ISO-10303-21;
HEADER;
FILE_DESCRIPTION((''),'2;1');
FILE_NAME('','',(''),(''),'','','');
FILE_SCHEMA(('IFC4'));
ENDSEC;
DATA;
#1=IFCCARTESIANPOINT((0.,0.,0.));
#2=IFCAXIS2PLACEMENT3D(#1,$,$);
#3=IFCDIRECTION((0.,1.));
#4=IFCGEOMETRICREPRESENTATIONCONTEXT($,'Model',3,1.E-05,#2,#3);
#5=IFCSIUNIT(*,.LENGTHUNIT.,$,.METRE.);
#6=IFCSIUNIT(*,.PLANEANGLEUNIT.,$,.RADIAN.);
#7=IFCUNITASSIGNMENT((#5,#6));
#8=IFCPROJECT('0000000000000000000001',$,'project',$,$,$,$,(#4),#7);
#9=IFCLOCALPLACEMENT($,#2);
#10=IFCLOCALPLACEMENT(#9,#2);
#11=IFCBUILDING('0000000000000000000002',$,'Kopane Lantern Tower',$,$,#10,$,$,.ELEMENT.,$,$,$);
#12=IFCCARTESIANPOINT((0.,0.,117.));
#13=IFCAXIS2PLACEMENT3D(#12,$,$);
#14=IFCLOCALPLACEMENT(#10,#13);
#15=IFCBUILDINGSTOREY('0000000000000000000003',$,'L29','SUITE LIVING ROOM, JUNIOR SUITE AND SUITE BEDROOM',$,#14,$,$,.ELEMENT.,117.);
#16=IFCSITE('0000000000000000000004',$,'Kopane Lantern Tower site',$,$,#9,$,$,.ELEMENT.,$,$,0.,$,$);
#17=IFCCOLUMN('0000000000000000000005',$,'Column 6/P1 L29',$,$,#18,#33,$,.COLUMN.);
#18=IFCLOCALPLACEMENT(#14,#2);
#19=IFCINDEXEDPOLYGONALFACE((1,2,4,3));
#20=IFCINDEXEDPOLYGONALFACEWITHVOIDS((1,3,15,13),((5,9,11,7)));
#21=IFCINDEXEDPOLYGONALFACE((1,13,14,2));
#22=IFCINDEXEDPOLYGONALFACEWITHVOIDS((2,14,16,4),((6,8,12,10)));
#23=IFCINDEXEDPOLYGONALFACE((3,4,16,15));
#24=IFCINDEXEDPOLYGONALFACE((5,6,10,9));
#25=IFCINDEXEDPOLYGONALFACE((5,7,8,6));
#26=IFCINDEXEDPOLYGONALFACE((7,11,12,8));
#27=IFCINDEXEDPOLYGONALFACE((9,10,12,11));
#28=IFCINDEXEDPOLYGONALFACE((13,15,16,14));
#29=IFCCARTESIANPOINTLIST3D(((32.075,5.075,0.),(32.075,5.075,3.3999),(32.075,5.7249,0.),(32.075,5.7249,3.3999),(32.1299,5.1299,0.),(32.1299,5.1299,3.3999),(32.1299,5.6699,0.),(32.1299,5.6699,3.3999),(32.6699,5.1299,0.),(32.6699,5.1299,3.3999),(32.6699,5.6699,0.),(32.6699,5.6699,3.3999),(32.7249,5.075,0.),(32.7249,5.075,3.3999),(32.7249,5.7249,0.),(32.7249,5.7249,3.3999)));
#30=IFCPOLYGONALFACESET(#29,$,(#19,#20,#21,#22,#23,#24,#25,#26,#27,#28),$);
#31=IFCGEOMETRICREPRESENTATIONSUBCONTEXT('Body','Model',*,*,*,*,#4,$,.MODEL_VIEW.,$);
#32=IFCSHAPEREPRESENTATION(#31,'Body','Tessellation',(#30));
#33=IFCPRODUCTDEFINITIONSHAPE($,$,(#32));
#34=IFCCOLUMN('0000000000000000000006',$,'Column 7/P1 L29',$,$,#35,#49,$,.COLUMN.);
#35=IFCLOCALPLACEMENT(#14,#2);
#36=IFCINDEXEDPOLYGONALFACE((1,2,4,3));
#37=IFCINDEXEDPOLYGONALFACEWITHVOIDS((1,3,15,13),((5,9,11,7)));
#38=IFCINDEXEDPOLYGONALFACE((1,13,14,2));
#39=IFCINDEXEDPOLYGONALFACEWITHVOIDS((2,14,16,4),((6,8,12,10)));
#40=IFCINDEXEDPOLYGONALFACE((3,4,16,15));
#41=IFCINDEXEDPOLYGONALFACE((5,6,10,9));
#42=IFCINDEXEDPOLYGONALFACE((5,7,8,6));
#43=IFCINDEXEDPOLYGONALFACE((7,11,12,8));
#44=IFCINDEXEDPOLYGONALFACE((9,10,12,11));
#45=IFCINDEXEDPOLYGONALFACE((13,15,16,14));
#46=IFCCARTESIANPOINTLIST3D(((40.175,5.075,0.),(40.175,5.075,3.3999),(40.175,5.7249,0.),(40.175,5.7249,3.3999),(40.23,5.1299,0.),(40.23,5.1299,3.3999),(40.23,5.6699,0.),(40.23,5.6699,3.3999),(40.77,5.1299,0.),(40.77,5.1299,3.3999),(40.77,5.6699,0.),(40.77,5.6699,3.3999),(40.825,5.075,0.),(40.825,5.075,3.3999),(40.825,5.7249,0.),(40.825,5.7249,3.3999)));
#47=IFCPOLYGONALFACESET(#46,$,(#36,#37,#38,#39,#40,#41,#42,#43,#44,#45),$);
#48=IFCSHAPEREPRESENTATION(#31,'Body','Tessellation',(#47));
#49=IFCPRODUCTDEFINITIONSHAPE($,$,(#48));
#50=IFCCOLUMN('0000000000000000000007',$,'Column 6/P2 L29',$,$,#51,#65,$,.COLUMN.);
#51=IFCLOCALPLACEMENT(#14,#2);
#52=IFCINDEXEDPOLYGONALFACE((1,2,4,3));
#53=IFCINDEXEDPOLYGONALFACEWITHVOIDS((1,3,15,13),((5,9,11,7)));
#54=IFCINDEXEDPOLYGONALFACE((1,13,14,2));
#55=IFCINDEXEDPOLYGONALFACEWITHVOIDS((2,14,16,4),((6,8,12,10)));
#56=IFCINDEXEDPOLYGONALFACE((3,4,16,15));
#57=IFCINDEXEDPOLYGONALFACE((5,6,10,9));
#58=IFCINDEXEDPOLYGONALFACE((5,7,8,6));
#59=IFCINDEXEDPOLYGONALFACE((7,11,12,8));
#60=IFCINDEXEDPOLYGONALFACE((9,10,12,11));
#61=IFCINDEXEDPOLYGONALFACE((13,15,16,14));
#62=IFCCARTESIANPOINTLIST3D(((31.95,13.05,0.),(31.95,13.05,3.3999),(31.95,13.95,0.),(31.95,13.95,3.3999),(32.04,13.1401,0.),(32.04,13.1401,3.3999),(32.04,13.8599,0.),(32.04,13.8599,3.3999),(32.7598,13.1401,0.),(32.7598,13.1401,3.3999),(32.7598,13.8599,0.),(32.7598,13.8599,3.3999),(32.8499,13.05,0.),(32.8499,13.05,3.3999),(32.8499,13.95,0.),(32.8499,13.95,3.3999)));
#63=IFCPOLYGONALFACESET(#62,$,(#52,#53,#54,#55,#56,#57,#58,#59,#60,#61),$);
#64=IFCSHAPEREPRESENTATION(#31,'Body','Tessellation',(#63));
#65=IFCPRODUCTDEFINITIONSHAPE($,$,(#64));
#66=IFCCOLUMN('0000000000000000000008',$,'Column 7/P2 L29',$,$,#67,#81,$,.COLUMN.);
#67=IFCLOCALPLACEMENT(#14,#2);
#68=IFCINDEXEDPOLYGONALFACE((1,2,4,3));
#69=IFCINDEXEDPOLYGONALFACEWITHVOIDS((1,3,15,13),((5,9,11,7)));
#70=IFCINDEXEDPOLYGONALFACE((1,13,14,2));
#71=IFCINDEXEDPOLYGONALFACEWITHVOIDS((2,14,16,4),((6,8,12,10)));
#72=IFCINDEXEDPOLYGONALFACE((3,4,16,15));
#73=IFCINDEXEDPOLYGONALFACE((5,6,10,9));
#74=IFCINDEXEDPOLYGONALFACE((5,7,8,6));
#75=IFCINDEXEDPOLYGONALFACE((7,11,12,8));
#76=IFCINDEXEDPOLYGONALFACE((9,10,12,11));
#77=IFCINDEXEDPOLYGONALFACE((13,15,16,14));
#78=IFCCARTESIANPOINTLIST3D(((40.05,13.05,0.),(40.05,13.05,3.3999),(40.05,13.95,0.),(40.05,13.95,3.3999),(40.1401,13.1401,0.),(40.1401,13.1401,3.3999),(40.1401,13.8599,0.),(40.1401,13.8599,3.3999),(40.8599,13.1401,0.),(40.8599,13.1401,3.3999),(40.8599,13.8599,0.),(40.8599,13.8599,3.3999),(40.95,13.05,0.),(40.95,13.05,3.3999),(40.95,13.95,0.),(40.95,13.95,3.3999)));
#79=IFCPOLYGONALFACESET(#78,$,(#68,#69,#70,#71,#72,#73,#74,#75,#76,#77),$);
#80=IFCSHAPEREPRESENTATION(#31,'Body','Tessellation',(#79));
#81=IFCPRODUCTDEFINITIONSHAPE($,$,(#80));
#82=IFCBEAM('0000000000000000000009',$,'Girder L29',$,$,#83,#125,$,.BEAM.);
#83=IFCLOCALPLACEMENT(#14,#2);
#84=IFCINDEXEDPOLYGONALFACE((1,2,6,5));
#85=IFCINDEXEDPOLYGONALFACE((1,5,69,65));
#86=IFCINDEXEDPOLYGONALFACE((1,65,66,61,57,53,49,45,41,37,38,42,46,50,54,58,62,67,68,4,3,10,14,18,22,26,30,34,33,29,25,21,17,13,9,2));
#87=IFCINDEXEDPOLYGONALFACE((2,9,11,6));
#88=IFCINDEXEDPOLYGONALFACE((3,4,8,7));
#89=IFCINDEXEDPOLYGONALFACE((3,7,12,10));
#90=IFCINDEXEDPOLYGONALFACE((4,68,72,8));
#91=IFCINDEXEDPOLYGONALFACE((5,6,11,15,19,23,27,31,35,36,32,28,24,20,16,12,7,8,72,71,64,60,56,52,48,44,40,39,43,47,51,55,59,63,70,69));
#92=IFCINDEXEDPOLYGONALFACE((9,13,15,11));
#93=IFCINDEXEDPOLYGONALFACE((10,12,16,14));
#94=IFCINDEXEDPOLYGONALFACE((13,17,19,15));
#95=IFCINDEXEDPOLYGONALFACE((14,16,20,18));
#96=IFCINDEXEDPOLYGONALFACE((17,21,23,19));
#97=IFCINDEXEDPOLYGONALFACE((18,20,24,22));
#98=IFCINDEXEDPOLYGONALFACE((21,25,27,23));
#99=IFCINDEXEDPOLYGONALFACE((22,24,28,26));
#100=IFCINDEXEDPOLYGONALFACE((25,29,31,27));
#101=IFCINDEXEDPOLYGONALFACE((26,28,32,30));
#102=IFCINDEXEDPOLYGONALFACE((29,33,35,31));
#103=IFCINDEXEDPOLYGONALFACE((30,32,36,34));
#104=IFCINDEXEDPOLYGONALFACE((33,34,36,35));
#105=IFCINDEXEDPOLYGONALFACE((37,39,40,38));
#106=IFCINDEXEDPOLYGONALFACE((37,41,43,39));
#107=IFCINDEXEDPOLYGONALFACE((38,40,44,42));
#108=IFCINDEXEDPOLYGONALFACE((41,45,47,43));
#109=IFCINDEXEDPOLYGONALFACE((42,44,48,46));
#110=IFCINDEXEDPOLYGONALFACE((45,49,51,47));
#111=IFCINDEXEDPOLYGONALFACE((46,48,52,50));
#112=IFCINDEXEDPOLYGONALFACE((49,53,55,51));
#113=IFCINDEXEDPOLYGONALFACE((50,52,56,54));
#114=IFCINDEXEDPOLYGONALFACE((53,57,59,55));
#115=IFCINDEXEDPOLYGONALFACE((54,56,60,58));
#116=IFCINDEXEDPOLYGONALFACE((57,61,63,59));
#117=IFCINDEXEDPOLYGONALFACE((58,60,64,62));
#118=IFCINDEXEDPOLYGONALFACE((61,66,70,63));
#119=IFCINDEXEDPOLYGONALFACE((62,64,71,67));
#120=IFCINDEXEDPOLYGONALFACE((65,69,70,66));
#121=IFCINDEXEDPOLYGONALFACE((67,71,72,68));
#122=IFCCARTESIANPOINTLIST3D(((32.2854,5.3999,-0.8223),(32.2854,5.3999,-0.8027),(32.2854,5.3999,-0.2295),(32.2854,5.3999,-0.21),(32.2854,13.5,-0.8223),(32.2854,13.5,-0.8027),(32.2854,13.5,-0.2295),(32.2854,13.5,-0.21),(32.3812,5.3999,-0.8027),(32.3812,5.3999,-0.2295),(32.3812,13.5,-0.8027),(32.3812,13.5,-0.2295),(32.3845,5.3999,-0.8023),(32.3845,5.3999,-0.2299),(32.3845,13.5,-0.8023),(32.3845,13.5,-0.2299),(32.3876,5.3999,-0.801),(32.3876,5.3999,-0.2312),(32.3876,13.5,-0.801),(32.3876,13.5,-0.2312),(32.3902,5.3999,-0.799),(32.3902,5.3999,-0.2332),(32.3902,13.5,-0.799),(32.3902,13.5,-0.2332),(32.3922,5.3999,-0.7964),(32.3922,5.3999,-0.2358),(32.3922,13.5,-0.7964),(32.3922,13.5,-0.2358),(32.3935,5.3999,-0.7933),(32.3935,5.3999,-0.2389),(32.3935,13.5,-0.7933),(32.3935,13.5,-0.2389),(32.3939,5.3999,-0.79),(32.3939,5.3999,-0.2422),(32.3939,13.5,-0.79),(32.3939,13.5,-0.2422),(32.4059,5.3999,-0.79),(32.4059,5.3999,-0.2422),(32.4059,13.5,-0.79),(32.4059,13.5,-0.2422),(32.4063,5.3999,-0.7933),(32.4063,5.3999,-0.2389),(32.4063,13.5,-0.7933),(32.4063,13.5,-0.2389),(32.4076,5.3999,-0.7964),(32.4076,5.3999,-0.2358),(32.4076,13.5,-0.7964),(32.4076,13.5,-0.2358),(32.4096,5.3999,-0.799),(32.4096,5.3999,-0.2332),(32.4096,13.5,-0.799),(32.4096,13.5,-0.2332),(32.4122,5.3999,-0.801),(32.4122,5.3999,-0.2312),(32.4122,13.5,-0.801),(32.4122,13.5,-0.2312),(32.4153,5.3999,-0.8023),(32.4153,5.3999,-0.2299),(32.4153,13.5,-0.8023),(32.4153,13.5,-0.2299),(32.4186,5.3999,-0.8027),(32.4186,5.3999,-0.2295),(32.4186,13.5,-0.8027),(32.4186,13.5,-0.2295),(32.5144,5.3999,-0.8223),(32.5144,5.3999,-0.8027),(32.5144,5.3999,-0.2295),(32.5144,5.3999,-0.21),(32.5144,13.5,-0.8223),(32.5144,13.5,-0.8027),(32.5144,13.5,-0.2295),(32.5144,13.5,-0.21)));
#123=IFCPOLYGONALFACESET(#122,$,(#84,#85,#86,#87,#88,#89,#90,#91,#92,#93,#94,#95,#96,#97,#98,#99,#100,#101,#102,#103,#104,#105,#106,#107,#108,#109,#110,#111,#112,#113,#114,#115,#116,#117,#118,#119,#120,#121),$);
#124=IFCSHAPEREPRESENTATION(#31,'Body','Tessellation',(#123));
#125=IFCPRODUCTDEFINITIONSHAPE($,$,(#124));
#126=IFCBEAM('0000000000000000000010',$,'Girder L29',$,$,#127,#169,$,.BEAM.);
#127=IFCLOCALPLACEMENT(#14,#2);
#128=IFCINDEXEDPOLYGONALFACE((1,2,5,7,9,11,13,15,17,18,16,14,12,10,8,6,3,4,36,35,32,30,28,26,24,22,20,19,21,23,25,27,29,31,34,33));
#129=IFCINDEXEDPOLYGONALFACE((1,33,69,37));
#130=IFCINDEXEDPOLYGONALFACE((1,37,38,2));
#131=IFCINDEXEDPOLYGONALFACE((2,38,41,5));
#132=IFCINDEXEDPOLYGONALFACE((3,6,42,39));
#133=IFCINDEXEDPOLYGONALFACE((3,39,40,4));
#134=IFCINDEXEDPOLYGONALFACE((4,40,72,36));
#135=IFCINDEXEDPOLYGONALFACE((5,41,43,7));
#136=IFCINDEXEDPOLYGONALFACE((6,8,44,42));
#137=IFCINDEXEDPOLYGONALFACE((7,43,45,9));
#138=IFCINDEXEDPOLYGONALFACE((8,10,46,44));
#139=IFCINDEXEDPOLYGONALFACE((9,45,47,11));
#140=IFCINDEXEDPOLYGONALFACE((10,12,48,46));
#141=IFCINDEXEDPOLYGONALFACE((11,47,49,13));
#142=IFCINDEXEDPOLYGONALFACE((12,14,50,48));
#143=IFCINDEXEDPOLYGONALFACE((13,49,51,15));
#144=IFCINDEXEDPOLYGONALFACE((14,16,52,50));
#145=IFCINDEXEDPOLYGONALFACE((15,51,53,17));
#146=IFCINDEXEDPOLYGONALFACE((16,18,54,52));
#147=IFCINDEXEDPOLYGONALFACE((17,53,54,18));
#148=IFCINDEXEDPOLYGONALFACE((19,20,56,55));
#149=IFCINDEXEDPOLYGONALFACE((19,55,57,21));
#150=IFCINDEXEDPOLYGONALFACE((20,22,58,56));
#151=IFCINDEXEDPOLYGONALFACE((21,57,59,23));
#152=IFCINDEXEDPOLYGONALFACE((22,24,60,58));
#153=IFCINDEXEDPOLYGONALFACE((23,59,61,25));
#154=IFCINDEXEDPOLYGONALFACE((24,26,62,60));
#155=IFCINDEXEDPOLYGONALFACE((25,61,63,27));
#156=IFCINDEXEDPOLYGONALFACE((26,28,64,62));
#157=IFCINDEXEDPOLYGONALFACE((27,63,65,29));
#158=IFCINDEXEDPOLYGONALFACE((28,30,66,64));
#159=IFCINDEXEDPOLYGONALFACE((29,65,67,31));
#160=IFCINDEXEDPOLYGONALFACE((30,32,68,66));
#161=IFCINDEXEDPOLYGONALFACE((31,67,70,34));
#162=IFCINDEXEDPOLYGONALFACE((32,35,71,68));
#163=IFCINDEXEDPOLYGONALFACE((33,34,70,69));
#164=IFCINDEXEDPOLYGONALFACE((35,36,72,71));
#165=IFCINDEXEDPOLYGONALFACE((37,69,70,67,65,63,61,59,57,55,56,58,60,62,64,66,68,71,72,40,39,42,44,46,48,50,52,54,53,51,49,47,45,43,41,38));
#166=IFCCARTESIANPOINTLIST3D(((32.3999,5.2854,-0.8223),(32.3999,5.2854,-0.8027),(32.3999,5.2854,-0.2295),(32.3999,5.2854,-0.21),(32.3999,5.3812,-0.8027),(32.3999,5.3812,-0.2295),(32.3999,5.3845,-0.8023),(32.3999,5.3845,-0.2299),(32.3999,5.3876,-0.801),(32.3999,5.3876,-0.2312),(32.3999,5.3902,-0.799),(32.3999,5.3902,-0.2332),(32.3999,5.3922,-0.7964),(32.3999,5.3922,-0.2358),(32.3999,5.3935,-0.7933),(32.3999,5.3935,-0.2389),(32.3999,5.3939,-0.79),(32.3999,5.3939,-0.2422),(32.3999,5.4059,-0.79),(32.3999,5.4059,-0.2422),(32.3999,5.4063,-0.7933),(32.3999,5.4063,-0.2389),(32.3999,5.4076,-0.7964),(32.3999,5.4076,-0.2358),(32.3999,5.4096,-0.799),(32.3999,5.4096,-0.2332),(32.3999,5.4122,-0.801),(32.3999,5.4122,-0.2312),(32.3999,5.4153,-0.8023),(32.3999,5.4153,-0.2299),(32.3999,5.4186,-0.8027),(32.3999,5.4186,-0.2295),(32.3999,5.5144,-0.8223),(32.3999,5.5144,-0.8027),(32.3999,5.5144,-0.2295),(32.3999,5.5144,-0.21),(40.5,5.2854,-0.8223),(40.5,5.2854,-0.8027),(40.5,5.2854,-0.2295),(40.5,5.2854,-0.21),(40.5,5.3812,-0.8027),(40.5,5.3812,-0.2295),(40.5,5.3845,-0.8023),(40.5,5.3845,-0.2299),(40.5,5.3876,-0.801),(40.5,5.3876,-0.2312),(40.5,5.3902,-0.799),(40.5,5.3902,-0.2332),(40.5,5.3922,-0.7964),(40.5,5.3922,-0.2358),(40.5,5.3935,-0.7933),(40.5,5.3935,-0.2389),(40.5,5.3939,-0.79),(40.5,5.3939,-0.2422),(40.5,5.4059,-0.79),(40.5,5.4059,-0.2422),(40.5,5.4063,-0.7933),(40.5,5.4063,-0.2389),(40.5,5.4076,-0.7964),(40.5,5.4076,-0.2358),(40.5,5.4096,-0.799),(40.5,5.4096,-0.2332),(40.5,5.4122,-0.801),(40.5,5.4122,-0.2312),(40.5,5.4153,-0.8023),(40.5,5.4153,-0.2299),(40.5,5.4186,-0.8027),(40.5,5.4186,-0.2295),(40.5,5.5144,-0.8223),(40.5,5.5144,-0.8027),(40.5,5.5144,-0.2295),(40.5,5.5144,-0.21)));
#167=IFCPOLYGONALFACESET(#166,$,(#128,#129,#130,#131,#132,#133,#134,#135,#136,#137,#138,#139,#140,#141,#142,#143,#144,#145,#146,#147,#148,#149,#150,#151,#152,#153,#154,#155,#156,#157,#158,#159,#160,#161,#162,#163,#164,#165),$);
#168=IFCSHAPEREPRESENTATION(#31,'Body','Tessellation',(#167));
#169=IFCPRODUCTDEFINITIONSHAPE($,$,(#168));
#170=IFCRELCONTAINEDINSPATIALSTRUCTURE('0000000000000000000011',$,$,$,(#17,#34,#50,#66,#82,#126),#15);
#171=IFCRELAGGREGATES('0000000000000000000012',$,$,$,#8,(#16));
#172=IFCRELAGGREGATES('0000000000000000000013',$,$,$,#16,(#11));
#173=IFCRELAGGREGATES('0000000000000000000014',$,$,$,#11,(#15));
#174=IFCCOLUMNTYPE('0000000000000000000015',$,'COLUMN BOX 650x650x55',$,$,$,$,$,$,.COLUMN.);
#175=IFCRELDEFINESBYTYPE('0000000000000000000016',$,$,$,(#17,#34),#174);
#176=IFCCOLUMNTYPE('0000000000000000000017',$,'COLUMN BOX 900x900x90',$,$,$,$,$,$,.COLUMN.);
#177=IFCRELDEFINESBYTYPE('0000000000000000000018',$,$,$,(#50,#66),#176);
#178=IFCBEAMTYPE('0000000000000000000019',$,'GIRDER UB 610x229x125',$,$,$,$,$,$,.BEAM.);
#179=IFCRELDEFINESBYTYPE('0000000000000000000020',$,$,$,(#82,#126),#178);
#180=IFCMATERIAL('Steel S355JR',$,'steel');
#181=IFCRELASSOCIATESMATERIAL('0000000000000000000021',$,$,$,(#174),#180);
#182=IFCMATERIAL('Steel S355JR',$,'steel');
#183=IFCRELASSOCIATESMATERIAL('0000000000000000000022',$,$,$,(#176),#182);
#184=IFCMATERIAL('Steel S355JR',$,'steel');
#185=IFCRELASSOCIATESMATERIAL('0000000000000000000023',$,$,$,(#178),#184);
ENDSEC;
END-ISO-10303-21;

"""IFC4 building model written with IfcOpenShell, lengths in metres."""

from ifc_helpers import new_model, si_unit, direction, frame, origin, origin_2d, place, context, subcontext, project, spatial, hollow_rectangle, i_section, extrude, material, material_profile, profile_set, type_object, element, save


model = new_model("IFC4")

# Units and contexts
model_context = context("Model", 3, precision=1e-05, world=origin(), true_north=direction((0.0, 1.0)))
body_context = subcontext(model_context, "Body", "Model", "MODEL_VIEW")
ifc_project = project(units=[si_unit("LENGTHUNIT", "METRE"), si_unit("PLANEANGLEUNIT", "RADIAN")], contexts=[model_context])

# Site, building, storey
site_placement = place(None, origin())
site = spatial("IfcSite", under=ifc_project, at=site_placement, Name="Kopane Lantern Tower site", CompositionType="ELEMENT", RefElevation=0.0)
building_placement = place(site_placement, origin())
building = spatial("IfcBuilding", under=site, at=building_placement, Name="Kopane Lantern Tower", CompositionType="ELEMENT")
storey_placement = place(building_placement, frame((0.0, 0.0, 117.0)))
storey = spatial("IfcBuildingStorey", under=building, at=storey_placement, Name="L29", Description="SUITE LIVING ROOM, JUNIOR SUITE AND SUITE BEDROOM", CompositionType="ELEMENT", Elevation=117.0)

# Columns
ifc_material_1 = material(Name="Steel S355JR", Category="steel")
ifc_material_profile_1 = material_profile(ifc_material_1, hollow_rectangle(XDim=0.6499, YDim=0.6499, WallThickness=0.0549, at=origin_2d()), Name="BOX 650x650x55")
ifc_profile_set_1 = profile_set([ifc_material_profile_1], Name="Steel S355JR")
column_type_1 = type_object("IfcColumnType", Name="COLUMN BOX 650x650x55", PredefinedType="COLUMN", material=ifc_profile_set_1)
for number, where, z_axis, x_axis, name in (
    (1, (32.3999, 5.3999, 0.0), (0.0, 0.0, 1.0), (1.0, 0.0, 0.0), "Column 6/P1 L29"),
    (2, (40.5, 5.3999, 0.0), (0.0, 0.0, 1.0), (1.0, 0.0, 0.0), "Column 7/P1 L29"),
):
    element("IfcColumn", number, at=place(storey_placement, frame(where, z_axis=z_axis, x_axis=x_axis)), inside=storey, type_object=column_type_1, Name=name, PredefinedType="COLUMN", context=body_context, shape_type="SweptSolid", body=[
        extrude(hollow_rectangle(XDim=0.6499, YDim=0.6499, WallThickness=0.0549, at=origin_2d()), origin(), (0.0, 0.0, 1.0), 3.3999),
    ])
ifc_material_2 = material(Name="Steel S355JR", Category="steel")
ifc_material_profile_2 = material_profile(ifc_material_2, hollow_rectangle(XDim=0.8999, YDim=0.8999, WallThickness=0.0901, at=origin_2d()), Name="BOX 900x900x90")
ifc_profile_set_2 = profile_set([ifc_material_profile_2], Name="Steel S355JR")
column_type_2 = type_object("IfcColumnType", Name="COLUMN BOX 900x900x90", PredefinedType="COLUMN", material=ifc_profile_set_2)
for number, where, z_axis, x_axis, name in (
    (3, (32.3999, 13.5, 0.0), (0.0, 0.0, 1.0), (1.0, 0.0, 0.0), "Column 6/P2 L29"),
    (4, (40.5, 13.5, 0.0), (0.0, 0.0, 1.0), (1.0, 0.0, 0.0), "Column 7/P2 L29"),
):
    element("IfcColumn", number, at=place(storey_placement, frame(where, z_axis=z_axis, x_axis=x_axis)), inside=storey, type_object=column_type_2, Name=name, PredefinedType="COLUMN", context=body_context, shape_type="SweptSolid", body=[
        extrude(hollow_rectangle(XDim=0.8999, YDim=0.8999, WallThickness=0.0901, at=origin_2d()), origin(), (0.0, 0.0, 1.0), 3.3999),
    ])

# Beams
ifc_material_3 = material(Name="Steel S355JR", Category="steel")
ifc_material_profile_3 = material_profile(ifc_material_3, i_section(OverallWidth=0.229, OverallDepth=0.6123, WebThickness=0.012, FlangeThickness=0.0195, FilletRadius=0.0127, at=origin_2d()), Name="UB 610x229x125")
ifc_profile_set_3 = profile_set([ifc_material_profile_3], Name="Steel S355JR")
beam_type = type_object("IfcBeamType", Name="GIRDER UB 610x229x125", PredefinedType="BEAM", material=ifc_profile_set_3)
for number, where, z_axis, x_axis, name in (
    (5, (32.3999, 5.3999, -0.5161), (0.0, 1.0, 0.0), (-1.0, 0.0, 0.0), "Girder L29"),
    (6, (32.3999, 5.3999, -0.5161), (1.0, 0.0, 0.0), (0.0, 1.0, 0.0), "Girder L29"),
):
    element("IfcBeam", number, at=place(storey_placement, frame(where, z_axis=z_axis, x_axis=x_axis)), inside=storey, type_object=beam_type, Name=name, PredefinedType="BEAM", context=body_context, shape_type="SweptSolid", body=[
        extrude(i_section(OverallWidth=0.229, OverallDepth=0.6123, WebThickness=0.012, FlangeThickness=0.0195, FilletRadius=0.0127, at=origin_2d()), origin(), (0.0, 0.0, 1.0), 8.1001),
    ])

save(model, "model.ifc")
